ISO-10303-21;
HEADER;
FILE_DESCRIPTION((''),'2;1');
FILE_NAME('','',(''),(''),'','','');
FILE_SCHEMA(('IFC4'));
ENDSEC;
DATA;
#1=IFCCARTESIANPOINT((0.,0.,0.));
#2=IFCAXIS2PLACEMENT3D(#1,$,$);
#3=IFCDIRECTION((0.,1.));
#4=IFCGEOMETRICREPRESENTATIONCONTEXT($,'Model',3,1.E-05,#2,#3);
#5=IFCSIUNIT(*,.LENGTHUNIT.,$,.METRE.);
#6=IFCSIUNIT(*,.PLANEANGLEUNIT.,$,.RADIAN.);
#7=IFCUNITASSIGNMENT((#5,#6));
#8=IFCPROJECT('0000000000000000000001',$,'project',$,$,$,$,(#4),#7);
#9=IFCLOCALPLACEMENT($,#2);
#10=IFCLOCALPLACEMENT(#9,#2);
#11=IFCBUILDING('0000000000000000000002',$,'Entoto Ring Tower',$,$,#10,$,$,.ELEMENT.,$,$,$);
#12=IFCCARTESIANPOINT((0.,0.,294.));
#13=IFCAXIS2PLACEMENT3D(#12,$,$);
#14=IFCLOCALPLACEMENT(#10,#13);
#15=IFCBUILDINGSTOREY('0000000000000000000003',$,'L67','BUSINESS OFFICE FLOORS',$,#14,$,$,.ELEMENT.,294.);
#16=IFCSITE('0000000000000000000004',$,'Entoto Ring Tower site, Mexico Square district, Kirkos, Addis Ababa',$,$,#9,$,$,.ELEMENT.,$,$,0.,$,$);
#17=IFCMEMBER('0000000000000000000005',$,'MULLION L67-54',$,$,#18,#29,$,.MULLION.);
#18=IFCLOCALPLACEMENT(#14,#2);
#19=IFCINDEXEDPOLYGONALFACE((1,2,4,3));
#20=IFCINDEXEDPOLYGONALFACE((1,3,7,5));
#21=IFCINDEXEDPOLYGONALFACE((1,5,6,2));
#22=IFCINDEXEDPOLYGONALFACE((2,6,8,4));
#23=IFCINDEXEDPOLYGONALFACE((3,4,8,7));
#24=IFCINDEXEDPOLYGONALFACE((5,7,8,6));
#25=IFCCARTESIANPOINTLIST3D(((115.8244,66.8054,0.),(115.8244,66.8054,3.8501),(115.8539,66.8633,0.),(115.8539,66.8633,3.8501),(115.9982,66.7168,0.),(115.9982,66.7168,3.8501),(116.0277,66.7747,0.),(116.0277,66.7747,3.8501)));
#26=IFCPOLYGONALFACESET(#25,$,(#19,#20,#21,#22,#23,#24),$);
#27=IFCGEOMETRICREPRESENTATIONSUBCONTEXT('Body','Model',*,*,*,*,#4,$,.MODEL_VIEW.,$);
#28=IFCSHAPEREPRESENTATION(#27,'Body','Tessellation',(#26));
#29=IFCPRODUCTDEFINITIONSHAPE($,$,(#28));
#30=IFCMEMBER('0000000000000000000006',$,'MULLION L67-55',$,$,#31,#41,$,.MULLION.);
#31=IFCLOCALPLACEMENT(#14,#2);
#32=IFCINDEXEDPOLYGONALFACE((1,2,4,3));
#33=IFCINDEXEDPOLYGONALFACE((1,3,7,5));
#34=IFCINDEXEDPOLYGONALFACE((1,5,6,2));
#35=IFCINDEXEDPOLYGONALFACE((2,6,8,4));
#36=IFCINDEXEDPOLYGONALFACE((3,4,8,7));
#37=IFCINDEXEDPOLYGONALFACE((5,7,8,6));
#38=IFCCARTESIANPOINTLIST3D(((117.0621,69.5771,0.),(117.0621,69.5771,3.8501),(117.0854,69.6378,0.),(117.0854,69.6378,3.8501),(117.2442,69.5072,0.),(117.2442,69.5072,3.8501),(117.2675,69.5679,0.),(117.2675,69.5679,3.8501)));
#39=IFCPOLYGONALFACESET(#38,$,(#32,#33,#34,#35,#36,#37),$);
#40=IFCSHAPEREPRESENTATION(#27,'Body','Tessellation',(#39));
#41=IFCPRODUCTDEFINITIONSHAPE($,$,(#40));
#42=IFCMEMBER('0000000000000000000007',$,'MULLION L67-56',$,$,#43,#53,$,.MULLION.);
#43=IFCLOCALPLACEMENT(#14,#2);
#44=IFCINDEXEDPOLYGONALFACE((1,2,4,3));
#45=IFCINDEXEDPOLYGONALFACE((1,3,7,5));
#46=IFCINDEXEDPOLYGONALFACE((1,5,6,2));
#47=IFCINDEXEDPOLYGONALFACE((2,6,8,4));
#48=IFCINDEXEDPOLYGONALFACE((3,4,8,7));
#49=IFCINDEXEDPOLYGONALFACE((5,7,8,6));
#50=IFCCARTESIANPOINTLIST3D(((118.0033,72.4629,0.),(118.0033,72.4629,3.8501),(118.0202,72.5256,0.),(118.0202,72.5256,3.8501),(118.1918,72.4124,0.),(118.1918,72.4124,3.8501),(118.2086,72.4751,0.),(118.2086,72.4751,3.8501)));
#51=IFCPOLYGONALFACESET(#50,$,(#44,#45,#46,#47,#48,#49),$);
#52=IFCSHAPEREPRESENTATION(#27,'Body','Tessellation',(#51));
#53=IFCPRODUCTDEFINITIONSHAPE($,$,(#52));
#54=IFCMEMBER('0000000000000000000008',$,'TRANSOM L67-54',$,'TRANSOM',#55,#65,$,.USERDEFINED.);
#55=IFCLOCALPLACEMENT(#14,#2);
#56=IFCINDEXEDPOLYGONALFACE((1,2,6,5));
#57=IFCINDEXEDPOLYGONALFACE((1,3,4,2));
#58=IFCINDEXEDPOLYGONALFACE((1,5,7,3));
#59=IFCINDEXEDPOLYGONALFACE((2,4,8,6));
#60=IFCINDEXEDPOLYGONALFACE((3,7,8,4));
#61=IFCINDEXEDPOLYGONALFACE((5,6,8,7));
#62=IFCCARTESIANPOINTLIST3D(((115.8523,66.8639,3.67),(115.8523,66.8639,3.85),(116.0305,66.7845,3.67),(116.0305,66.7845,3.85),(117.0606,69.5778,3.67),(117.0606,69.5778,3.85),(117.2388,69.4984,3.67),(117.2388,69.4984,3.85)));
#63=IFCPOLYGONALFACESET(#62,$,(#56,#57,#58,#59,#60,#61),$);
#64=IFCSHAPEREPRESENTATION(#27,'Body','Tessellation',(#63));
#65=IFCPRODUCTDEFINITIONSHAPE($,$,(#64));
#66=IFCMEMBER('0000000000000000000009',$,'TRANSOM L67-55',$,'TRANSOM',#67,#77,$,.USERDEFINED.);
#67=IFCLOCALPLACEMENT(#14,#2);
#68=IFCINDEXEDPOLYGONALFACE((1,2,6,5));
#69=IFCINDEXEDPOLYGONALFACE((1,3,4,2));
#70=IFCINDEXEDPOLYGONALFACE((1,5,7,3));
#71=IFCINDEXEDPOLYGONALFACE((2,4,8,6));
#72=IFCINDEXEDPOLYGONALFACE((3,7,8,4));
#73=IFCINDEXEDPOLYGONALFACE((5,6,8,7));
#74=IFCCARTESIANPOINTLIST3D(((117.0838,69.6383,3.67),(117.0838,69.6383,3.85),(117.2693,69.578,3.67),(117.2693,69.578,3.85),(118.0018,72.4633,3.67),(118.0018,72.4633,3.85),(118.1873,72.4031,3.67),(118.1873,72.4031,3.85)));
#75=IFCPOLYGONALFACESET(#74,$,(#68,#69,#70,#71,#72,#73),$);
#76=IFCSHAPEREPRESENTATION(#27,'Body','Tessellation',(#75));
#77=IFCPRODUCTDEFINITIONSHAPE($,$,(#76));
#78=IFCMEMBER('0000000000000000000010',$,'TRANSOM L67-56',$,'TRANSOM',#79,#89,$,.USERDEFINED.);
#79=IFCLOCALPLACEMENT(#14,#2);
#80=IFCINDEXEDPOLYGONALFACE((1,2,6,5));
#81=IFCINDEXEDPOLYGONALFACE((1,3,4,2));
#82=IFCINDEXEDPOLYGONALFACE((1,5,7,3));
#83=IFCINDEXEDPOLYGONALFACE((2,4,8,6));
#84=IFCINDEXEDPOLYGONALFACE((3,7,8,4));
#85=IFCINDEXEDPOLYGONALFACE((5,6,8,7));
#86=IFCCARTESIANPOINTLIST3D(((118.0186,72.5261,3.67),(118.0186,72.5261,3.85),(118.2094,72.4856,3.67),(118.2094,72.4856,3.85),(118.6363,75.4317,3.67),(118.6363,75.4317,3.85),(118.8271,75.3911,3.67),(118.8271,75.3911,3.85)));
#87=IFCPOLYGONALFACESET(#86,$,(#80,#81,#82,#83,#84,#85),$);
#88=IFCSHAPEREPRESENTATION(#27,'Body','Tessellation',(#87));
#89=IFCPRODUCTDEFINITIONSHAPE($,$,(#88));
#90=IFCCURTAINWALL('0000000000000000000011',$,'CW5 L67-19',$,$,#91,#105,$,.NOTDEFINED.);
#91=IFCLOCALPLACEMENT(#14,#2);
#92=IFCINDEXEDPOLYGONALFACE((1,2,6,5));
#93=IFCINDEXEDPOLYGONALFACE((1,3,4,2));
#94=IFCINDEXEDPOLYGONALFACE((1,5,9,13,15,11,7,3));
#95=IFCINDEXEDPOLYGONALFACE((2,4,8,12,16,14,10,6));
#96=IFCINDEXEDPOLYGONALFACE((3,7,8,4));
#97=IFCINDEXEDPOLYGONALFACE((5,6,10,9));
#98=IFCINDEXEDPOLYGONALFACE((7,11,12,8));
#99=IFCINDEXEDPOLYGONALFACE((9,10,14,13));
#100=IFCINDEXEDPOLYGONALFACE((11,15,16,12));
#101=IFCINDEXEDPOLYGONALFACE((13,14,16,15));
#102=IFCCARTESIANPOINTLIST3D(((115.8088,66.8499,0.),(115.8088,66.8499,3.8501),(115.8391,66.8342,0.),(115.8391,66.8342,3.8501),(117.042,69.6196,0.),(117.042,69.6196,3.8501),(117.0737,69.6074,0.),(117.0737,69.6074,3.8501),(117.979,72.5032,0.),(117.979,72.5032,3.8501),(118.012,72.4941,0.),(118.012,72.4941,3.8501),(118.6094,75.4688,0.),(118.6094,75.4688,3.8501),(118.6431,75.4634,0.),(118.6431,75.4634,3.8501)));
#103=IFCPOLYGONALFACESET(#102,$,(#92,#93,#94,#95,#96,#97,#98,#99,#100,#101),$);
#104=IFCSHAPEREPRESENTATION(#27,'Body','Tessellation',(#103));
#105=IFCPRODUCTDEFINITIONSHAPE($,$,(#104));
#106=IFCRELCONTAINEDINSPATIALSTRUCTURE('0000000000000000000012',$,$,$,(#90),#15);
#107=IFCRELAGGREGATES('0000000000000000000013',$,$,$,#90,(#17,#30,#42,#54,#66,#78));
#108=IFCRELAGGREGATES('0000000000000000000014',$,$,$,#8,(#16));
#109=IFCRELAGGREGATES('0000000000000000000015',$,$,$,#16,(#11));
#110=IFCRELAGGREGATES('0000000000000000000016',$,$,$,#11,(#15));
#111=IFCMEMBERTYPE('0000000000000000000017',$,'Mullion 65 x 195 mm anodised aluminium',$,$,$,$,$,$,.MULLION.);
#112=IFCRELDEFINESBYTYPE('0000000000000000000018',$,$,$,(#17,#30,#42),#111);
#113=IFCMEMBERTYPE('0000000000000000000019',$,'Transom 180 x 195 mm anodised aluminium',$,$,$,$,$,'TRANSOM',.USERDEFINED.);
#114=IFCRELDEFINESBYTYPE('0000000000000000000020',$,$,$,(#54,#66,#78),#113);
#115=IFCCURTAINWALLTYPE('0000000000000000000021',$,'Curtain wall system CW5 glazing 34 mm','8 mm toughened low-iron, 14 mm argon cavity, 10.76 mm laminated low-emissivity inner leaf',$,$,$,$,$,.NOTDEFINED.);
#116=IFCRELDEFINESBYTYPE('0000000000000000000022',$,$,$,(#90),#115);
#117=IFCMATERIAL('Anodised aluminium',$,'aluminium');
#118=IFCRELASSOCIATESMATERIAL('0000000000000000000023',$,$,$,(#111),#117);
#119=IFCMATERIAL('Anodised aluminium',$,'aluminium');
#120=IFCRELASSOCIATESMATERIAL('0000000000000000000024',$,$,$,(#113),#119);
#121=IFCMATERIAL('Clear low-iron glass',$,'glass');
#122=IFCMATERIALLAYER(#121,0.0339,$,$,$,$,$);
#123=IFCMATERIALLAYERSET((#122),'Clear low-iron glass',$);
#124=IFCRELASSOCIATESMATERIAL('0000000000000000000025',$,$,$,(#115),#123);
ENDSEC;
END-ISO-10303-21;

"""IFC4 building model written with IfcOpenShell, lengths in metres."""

from ifc_helpers import new_model, si_unit, direction, frame, origin, origin_2d, place, context, subcontext, project, spatial, polyline, rectangle, outline, extrude, material, layer, layer_set, material_profile, profile_set, type_object, element, aggregate, save


model = new_model("IFC4")

# Units and contexts
model_context = context("Model", 3, precision=1e-05, world=origin(), true_north=direction((0.0, 1.0)))
body_context = subcontext(model_context, "Body", "Model", "MODEL_VIEW")
ifc_project = project(units=[si_unit("LENGTHUNIT", "METRE"), si_unit("PLANEANGLEUNIT", "RADIAN")], contexts=[model_context])

# Members
ifc_material_1 = material(Name="Anodised aluminium", Category="aluminium")
ifc_material_profile_1 = material_profile(ifc_material_1, rectangle(XDim=0.0649, YDim=0.1951, at=origin_2d()), Name="Mullion 65 x 195 mm anodised aluminium")
ifc_profile_set_1 = profile_set([ifc_material_profile_1], Name="Anodised aluminium")
member_type_1 = type_object("IfcMemberType", Name="Mullion 65 x 195 mm anodised aluminium", PredefinedType="MULLION", material=ifc_profile_set_1)
site_placement = place(None, origin())
building_placement = place(site_placement, origin())
storey_placement = place(building_placement, frame((0.0, 0.0, 294.0)))
member_1_placement = place(storey_placement, frame((115.926, 66.79, 0.0), z_axis=(0.0, 0.0, 1.0), x_axis=(0.45399, 0.891007, 0.0)))
member_1 = element("IfcMember", 1, at=member_1_placement, type_object=member_type_1, Name="MULLION L67-54", PredefinedType="MULLION", context=body_context, shape_type="SweptSolid", body=[
    extrude(rectangle(XDim=0.0649, YDim=0.1951, at=origin_2d()), origin(), (0.0, 0.0, 1.0), 3.8501),
])
member_2_placement = place(storey_placement, frame((117.1648, 69.5725, 0.0), z_axis=(0.0, 0.0, 1.0), x_axis=(0.358368, 0.93358, 0.0)))
member_2 = element("IfcMember", 2, at=member_2_placement, type_object=member_type_1, Name="MULLION L67-55", PredefinedType="MULLION", context=body_context, shape_type="SweptSolid", body=[
    extrude(rectangle(XDim=0.0649, YDim=0.1951, at=origin_2d()), origin(), (0.0, 0.0, 1.0), 3.8501),
])
member_3_placement = place(storey_placement, frame((118.106, 72.469, 0.0), z_axis=(0.0, 0.0, 1.0), x_axis=(0.258819, 0.965926, 0.0)))
member_3 = element("IfcMember", 3, at=member_3_placement, type_object=member_type_1, Name="MULLION L67-56", PredefinedType="MULLION", context=body_context, shape_type="SweptSolid", body=[
    extrude(rectangle(XDim=0.0649, YDim=0.1951, at=origin_2d()), origin(), (0.0, 0.0, 1.0), 3.8501),
])
ifc_material_2 = material(Name="Anodised aluminium", Category="aluminium")
ifc_material_profile_2 = material_profile(ifc_material_2, rectangle(XDim=0.1951, YDim=0.1799, at=origin_2d()), Name="Transom 180 x 195 mm anodised aluminium")
ifc_profile_set_2 = profile_set([ifc_material_profile_2], Name="Anodised aluminium")
member_type_2 = type_object("IfcMemberType", Name="Transom 180 x 195 mm anodised aluminium", ElementType="TRANSOM", PredefinedType="USERDEFINED", material=ifc_profile_set_2)
member_4_placement = place(storey_placement, frame((115.9414, 66.8242, 3.76), z_axis=(0.406726, 0.91355, 0.0), x_axis=(-0.91355, 0.406726, 0.0)))
member_4 = element("IfcMember", 4, at=member_4_placement, type_object=member_type_2, Name="TRANSOM L67-54", ObjectType="TRANSOM", PredefinedType="USERDEFINED", context=body_context, shape_type="SweptSolid", body=[
    extrude(rectangle(XDim=0.1951, YDim=0.1799, at=origin_2d()), origin(), (0.0, 0.0, 1.0), 2.9707),
])
member_5_placement = place(storey_placement, frame((117.1765, 69.6082, 3.76), z_axis=(0.309043, 0.951048, 0.0), x_axis=(-0.951048, 0.309043, 0.0)))
member_5 = element("IfcMember", 5, at=member_5_placement, type_object=member_type_2, Name="TRANSOM L67-55", ObjectType="TRANSOM", PredefinedType="USERDEFINED", context=body_context, shape_type="SweptSolid", body=[
    extrude(rectangle(XDim=0.1951, YDim=0.1799, at=origin_2d()), origin(), (0.0, 0.0, 1.0), 2.9705),
])
member_6_placement = place(storey_placement, frame((118.114, 72.5059, 3.76), z_axis=(0.20794, 0.978142, 0.0), x_axis=(-0.978142, 0.20794, 0.0)))
member_6 = element("IfcMember", 6, at=member_6_placement, type_object=member_type_2, Name="TRANSOM L67-56", ObjectType="TRANSOM", PredefinedType="USERDEFINED", context=body_context, shape_type="SweptSolid", body=[
    extrude(rectangle(XDim=0.1951, YDim=0.1799, at=origin_2d()), origin(), (0.0, 0.0, 1.0), 2.9705),
])

# Site, building, storey
site = spatial("IfcSite", under=ifc_project, at=site_placement, Name="Entoto Ring Tower site, Mexico Square district, Kirkos, Addis Ababa", CompositionType="ELEMENT", RefElevation=0.0)
building = spatial("IfcBuilding", under=site, at=building_placement, Name="Entoto Ring Tower", CompositionType="ELEMENT")
storey = spatial("IfcBuildingStorey", under=building, at=storey_placement, Name="L67", Description="BUSINESS OFFICE FLOORS", CompositionType="ELEMENT", Elevation=294.0)

# Curtain wall
ifc_material_3 = material(Name="Clear low-iron glass", Category="glass")
ifc_layer_1 = layer(ifc_material_3, 0.0339)
ifc_layer_set_1 = layer_set([ifc_layer_1], Name="Clear low-iron glass")
curtain_wall_type = type_object("IfcCurtainWallType", Name="Curtain wall system CW5 glazing 34 mm", Description="8 mm toughened low-iron, 14 mm argon cavity, 10.76 mm laminated low-emissivity inner leaf", PredefinedType="NOTDEFINED", material=ifc_layer_set_1)
curtain_wall_1_placement = place(storey_placement, origin())
curtain_wall_1 = element("IfcCurtainWall", 7, at=curtain_wall_1_placement, inside=storey, type_object=curtain_wall_type, Name="CW5 L67-19", PredefinedType="NOTDEFINED", context=body_context, shape_type="SweptSolid", body=[
    extrude(outline(polyline([(115.8391, 66.8342), (117.0737, 69.6074), (118.012, 72.4941), (118.6431, 75.4634), (118.6094, 75.4688), (117.979, 72.5032), (117.042, 69.6196), (115.8088, 66.8499), (115.8391, 66.8342)])), origin(), (0.0, 0.0, 1.0), 3.8501),
])
aggregate(curtain_wall_1, [member_1, member_2, member_3, member_4, member_5, member_6])

save(model, "model.ifc")
